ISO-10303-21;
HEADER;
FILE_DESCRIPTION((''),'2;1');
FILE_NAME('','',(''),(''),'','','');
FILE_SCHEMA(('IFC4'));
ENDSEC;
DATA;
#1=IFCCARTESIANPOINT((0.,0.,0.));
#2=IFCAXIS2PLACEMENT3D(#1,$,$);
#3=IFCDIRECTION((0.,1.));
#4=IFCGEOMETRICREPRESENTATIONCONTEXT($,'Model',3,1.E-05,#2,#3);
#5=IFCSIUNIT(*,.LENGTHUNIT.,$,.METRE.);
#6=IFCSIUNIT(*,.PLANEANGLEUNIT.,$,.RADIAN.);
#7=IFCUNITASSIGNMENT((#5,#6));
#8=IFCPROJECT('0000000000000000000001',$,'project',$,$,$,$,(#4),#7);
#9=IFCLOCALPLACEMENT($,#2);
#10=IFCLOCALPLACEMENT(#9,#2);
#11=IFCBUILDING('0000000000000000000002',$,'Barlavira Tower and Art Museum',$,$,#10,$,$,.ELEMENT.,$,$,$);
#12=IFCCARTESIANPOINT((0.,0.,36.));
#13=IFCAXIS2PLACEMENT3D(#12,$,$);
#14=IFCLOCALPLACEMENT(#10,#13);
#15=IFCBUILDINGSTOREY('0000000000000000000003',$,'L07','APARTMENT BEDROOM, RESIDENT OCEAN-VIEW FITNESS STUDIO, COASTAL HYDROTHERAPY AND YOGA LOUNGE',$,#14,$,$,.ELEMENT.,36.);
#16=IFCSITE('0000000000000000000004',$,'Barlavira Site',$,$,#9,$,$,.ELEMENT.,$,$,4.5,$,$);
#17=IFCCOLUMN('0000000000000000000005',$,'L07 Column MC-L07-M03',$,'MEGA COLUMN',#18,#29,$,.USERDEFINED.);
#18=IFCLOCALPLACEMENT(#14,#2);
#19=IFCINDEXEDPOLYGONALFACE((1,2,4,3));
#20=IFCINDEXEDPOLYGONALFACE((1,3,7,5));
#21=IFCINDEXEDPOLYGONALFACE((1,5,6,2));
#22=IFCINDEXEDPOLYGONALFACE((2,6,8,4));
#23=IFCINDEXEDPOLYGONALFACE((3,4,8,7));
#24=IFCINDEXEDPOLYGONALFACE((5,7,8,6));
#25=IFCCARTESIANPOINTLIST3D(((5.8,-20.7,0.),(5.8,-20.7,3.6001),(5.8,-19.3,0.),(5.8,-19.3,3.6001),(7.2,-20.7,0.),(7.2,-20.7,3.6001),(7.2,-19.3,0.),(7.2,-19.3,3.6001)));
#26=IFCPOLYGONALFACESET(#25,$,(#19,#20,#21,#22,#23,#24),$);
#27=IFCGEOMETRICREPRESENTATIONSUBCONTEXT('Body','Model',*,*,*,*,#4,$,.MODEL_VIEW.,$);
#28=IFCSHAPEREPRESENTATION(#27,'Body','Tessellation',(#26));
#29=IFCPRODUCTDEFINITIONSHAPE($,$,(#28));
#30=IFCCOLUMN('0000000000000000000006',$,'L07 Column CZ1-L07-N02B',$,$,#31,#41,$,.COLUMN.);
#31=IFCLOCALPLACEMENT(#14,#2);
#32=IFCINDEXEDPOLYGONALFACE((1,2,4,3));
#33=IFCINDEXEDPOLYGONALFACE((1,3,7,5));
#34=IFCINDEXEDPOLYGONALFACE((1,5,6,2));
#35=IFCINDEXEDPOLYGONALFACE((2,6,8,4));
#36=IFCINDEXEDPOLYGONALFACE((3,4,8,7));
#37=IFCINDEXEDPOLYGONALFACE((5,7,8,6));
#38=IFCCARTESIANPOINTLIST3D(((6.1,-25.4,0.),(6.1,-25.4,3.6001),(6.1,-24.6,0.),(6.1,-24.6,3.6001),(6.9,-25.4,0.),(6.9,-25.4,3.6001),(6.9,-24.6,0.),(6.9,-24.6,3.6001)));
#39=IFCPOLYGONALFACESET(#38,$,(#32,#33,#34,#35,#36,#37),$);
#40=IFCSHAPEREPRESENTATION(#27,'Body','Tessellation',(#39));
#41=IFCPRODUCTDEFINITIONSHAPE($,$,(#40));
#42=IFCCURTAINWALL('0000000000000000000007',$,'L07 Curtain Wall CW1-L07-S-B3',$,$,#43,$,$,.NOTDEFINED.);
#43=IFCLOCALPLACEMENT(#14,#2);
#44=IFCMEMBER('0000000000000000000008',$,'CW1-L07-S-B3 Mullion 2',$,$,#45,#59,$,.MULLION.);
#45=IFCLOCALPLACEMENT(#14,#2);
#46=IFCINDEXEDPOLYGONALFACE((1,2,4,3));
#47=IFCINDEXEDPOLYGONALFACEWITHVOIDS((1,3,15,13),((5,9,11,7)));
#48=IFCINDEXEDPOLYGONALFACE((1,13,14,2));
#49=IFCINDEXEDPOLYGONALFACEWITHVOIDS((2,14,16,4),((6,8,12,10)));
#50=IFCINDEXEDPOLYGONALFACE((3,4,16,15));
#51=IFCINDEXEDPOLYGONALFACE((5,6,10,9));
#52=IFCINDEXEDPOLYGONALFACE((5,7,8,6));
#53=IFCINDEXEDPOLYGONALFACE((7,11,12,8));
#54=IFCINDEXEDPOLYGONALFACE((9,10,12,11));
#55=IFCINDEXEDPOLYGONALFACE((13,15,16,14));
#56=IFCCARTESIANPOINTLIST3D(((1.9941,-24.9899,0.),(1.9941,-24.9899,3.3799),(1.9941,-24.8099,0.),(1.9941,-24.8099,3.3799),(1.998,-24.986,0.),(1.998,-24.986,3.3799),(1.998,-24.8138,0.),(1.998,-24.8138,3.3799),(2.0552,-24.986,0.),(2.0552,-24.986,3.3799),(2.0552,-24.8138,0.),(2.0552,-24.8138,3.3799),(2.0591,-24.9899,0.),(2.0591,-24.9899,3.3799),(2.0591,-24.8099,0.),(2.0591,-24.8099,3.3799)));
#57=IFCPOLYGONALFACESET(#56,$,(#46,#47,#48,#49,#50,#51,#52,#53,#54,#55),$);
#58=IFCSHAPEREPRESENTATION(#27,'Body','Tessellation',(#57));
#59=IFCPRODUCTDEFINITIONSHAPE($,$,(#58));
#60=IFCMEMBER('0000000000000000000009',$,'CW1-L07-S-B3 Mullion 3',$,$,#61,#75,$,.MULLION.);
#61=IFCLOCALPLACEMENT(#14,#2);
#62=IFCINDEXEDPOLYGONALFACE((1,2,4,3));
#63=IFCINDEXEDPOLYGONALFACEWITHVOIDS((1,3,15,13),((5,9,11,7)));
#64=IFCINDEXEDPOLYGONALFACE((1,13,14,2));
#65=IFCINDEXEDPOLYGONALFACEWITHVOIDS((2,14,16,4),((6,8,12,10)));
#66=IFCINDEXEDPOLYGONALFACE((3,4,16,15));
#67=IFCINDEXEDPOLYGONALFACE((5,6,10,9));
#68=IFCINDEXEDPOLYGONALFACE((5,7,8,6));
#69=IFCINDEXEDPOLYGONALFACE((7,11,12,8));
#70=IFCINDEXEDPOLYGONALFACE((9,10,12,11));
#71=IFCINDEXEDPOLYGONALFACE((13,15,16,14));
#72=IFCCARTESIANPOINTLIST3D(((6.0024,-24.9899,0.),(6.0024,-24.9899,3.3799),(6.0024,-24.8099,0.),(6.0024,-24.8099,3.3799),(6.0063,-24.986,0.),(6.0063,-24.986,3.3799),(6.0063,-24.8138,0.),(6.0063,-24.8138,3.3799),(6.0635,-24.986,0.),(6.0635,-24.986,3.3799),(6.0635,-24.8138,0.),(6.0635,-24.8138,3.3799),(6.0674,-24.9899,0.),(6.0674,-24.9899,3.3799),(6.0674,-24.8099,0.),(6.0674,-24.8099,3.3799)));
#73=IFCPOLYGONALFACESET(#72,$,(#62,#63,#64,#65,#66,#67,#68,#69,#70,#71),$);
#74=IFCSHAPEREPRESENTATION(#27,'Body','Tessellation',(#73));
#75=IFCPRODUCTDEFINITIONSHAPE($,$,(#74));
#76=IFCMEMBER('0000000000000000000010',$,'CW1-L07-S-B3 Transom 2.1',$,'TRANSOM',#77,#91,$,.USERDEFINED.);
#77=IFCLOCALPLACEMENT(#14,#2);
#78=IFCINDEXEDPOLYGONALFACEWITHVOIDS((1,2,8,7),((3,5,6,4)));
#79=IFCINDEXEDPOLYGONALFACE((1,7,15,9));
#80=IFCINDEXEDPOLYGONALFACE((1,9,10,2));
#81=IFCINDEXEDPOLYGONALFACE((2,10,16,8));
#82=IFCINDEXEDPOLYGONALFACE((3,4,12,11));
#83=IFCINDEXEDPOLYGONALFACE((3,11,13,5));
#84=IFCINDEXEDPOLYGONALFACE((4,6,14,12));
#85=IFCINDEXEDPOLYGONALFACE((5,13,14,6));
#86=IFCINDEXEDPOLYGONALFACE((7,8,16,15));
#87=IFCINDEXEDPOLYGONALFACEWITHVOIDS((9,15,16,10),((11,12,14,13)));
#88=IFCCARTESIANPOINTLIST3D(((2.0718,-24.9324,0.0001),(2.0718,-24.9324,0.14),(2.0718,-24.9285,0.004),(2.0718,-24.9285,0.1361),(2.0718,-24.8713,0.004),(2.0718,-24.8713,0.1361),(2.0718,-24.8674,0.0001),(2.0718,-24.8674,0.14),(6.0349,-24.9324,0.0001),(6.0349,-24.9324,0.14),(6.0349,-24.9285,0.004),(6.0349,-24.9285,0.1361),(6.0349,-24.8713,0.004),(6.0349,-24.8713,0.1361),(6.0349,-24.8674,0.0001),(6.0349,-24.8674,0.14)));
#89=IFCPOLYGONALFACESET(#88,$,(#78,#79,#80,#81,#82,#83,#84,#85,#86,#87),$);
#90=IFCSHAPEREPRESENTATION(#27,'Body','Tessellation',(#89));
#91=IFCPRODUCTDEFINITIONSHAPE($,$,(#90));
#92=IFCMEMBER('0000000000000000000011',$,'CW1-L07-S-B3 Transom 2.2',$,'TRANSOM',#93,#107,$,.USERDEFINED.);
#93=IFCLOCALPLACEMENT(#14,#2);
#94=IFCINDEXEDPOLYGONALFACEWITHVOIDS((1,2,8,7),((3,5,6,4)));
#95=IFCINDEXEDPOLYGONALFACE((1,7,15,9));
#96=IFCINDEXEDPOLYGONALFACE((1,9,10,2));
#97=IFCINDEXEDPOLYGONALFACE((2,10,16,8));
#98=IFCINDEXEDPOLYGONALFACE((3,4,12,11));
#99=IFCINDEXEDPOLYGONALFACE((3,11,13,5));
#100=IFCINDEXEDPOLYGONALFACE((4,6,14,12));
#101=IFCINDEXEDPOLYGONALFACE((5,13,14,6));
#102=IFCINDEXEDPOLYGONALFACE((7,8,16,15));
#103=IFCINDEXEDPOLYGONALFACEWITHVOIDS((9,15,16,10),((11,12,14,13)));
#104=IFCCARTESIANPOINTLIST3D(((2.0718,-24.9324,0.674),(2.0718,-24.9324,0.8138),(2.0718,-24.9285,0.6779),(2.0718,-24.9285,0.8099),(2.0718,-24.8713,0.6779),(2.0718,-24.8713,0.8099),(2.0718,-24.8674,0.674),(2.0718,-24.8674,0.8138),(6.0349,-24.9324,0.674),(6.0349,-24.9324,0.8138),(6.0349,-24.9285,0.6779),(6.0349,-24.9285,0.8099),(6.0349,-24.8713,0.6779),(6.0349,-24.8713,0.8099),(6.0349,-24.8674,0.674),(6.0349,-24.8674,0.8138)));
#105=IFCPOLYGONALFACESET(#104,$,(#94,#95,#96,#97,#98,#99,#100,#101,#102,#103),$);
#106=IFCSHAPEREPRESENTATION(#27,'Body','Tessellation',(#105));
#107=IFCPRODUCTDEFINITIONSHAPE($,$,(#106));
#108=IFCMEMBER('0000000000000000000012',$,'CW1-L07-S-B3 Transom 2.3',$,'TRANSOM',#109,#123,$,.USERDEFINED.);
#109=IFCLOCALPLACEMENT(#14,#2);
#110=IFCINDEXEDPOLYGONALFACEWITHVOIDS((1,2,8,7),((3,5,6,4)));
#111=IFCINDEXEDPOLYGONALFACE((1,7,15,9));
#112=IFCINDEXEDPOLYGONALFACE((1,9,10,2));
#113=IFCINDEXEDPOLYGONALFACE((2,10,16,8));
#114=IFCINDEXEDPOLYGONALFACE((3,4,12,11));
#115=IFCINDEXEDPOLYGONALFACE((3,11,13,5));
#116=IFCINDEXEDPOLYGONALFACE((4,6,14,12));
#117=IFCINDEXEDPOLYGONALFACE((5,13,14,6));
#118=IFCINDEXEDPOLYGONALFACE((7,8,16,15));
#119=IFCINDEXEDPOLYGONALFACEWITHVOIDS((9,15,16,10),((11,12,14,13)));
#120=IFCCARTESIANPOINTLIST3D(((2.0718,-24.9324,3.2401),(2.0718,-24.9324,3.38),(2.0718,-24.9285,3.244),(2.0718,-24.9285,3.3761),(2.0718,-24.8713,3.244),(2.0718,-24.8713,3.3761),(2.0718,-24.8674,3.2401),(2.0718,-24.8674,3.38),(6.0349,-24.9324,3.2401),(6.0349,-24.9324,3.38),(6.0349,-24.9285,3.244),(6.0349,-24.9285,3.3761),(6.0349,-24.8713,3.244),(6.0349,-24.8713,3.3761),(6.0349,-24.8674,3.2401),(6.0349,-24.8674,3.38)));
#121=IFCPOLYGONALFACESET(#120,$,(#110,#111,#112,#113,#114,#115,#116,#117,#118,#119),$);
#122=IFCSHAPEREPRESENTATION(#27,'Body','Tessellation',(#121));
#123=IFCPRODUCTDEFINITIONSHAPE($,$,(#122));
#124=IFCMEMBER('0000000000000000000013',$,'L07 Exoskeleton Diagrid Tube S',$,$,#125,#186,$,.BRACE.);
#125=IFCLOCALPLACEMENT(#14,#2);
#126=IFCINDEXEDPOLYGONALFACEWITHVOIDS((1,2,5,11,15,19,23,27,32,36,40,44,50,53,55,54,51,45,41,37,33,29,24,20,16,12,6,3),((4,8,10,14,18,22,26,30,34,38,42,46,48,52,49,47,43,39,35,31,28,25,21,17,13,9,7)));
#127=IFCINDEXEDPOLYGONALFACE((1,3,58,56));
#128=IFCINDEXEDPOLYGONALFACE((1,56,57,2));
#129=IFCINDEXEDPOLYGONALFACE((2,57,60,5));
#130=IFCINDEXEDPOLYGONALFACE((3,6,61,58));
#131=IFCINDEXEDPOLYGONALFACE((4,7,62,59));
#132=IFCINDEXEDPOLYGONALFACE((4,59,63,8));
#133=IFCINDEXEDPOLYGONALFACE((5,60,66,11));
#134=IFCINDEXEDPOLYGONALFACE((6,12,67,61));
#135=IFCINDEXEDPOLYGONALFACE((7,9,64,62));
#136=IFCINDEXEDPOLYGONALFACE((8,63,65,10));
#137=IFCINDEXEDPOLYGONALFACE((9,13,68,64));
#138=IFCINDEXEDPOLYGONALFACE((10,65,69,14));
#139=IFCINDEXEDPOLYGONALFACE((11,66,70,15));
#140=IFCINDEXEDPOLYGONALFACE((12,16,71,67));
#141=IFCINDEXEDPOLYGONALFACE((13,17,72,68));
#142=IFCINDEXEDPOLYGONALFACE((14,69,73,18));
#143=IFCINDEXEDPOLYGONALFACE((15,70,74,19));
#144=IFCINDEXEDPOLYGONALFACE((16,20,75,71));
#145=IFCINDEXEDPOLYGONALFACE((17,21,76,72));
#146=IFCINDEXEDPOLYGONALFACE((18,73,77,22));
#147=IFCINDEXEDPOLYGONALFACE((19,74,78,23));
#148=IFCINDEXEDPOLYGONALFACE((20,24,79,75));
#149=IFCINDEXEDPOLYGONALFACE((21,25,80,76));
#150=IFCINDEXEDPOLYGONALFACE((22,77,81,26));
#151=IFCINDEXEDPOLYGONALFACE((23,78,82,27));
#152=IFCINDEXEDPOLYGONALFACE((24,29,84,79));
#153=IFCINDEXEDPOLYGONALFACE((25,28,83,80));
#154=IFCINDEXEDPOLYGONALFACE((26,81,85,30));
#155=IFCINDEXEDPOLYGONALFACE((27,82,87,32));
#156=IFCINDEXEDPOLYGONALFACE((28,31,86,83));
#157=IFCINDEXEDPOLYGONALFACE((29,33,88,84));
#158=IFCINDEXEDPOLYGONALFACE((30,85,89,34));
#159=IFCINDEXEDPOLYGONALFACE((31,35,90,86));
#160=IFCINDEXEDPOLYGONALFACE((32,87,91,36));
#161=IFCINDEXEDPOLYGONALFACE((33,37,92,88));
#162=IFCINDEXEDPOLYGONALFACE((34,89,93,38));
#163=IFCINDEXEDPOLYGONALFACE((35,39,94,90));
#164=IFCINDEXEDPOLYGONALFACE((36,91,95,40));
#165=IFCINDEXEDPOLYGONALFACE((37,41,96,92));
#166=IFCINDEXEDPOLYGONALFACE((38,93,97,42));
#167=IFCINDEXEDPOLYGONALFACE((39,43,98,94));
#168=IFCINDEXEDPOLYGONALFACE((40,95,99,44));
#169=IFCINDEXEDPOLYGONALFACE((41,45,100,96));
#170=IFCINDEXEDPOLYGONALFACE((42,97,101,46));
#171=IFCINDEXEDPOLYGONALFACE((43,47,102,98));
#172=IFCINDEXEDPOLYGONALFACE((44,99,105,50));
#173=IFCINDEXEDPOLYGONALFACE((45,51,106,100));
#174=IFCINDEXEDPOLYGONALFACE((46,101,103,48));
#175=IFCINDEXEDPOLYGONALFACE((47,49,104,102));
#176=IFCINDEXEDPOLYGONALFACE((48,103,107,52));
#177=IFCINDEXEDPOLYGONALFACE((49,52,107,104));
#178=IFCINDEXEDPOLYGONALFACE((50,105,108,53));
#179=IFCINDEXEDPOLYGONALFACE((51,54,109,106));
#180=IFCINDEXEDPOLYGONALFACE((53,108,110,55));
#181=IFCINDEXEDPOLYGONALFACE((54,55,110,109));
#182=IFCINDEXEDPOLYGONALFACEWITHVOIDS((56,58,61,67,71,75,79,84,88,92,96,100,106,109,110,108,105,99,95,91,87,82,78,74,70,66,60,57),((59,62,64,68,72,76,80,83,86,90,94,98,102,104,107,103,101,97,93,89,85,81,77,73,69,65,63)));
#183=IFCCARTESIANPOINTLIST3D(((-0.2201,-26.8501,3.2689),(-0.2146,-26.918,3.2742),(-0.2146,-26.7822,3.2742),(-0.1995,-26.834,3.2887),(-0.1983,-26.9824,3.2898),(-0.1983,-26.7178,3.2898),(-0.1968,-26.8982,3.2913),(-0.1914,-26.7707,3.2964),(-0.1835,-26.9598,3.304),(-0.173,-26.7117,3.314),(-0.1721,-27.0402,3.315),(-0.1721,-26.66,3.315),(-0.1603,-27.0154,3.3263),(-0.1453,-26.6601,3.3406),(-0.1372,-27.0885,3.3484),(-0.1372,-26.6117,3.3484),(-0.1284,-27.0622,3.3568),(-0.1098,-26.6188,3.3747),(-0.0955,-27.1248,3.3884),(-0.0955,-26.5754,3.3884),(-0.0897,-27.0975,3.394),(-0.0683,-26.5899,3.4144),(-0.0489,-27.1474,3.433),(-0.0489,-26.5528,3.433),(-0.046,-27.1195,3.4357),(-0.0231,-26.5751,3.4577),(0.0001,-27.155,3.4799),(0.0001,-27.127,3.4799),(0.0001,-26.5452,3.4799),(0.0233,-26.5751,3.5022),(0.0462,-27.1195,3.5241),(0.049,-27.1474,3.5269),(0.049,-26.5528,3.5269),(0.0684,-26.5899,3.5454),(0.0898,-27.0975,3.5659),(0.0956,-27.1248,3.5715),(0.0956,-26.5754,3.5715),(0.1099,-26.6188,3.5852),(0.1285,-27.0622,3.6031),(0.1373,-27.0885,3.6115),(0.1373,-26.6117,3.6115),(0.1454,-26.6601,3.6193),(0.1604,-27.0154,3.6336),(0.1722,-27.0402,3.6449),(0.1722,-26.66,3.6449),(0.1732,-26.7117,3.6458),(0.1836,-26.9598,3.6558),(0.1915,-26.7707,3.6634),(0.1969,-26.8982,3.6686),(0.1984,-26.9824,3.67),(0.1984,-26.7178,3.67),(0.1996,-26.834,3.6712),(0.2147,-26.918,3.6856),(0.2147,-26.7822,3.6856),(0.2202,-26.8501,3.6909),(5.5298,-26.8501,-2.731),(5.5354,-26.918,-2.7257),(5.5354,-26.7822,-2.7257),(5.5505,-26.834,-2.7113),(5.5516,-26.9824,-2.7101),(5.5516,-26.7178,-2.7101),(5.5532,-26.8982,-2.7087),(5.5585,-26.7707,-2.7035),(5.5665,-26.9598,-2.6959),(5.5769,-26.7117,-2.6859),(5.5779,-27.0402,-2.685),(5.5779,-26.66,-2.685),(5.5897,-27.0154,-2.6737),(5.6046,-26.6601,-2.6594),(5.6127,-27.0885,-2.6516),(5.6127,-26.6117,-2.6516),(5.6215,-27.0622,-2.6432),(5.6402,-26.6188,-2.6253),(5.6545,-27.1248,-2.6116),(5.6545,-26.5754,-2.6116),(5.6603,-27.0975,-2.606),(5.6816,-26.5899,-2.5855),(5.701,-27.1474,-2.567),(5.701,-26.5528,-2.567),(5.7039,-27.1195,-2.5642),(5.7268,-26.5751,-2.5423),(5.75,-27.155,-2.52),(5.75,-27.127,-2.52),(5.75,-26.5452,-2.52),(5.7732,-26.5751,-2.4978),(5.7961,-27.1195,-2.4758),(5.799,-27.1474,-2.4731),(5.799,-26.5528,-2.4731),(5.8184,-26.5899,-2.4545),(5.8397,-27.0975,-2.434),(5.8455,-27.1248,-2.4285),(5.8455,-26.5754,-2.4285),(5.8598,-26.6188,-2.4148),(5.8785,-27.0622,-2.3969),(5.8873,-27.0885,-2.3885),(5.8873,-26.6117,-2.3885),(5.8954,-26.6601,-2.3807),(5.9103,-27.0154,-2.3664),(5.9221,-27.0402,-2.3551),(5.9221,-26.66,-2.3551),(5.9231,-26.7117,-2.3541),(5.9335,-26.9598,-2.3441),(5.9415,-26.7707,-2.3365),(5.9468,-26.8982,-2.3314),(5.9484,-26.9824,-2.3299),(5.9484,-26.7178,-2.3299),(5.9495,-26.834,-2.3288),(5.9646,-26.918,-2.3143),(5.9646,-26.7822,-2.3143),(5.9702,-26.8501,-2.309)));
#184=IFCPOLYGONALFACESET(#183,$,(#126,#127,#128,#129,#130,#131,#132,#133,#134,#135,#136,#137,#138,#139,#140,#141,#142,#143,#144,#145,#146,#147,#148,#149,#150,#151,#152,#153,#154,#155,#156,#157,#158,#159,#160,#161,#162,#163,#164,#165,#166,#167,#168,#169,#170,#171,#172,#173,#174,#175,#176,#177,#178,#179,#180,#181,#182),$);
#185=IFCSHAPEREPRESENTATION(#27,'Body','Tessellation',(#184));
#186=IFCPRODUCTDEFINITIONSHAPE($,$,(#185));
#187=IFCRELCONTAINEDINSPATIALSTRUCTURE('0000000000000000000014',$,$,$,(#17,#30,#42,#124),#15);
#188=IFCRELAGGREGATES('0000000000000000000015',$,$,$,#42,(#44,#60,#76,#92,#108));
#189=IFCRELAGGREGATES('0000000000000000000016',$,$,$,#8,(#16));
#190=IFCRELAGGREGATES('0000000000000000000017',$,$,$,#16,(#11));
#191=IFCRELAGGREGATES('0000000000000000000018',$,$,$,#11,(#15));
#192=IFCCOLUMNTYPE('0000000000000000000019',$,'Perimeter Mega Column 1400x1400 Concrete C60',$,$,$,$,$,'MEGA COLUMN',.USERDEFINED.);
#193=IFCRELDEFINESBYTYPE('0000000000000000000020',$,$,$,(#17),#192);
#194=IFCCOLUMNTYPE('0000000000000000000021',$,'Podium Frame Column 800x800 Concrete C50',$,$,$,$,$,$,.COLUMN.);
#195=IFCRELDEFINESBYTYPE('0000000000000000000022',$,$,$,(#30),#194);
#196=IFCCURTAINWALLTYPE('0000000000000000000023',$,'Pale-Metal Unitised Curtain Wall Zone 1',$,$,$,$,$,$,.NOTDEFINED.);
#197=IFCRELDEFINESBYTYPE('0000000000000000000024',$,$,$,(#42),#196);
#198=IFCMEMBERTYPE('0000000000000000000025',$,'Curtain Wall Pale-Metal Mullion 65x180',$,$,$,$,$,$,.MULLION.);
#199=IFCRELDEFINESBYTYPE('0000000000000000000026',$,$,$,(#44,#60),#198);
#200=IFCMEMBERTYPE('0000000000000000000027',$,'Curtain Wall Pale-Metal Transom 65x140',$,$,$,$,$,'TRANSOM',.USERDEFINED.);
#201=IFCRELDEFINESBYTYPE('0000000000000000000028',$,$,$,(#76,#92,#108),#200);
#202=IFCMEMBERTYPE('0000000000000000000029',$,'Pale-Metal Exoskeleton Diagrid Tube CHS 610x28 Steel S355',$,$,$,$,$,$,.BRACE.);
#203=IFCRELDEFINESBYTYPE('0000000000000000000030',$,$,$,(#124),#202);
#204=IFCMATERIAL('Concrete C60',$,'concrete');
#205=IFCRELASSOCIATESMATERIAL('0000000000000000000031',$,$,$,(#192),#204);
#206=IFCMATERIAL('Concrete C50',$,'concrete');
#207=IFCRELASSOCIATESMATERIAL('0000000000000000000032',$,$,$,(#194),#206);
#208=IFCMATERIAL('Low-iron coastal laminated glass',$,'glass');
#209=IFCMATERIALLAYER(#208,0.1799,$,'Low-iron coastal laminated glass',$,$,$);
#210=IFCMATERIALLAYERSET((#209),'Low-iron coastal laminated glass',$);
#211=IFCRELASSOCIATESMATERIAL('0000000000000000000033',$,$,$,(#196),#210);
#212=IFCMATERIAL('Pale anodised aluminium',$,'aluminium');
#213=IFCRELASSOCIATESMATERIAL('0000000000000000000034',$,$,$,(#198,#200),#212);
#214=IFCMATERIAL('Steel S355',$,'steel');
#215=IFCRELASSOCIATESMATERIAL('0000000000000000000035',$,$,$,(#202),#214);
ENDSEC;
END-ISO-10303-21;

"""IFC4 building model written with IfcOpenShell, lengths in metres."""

from ifc_helpers import new_model, si_unit, direction, frame, origin, origin_2d, place, context, subcontext, project, spatial, rectangle, hollow_rectangle, hollow_circle, extrude, material, layer, layer_set, material_profile, profile_set, type_object, element, aggregate, save


model = new_model("IFC4")

# Units and contexts
model_context = context("Model", 3, precision=1e-05, world=origin(), true_north=direction((0.0, 1.0)))
body_context = subcontext(model_context, "Body", "Model", "MODEL_VIEW")
ifc_project = project(units=[si_unit("LENGTHUNIT", "METRE"), si_unit("PLANEANGLEUNIT", "RADIAN")], contexts=[model_context])

# Site, building, storey
site_placement = place(None, origin())
site = spatial("IfcSite", under=ifc_project, at=site_placement, Name="Barlavira Site", CompositionType="ELEMENT", RefElevation=4.5)
building_placement = place(site_placement, origin())
building = spatial("IfcBuilding", under=site, at=building_placement, Name="Barlavira Tower and Art Museum", CompositionType="ELEMENT")
storey_placement = place(building_placement, frame((0.0, 0.0, 36.0)))
storey = spatial("IfcBuildingStorey", under=building, at=storey_placement, Name="L07", Description="APARTMENT BEDROOM, RESIDENT OCEAN-VIEW FITNESS STUDIO, COASTAL HYDROTHERAPY AND YOGA LOUNGE", CompositionType="ELEMENT", Elevation=36.0)

# Columns
ifc_material_1 = material(Name="Concrete C60", Category="concrete")
ifc_material_profile_1 = material_profile(ifc_material_1, rectangle(XDim=1.3999, YDim=1.3999, at=origin_2d()), Name="RC-MCOL 1400x1400")
ifc_profile_set_1 = profile_set([ifc_material_profile_1], Name="Concrete C60")
column_type_1 = type_object("IfcColumnType", Name="Perimeter Mega Column 1400x1400 Concrete C60", ElementType="MEGA COLUMN", PredefinedType="USERDEFINED", material=ifc_profile_set_1)
column_1_placement = place(storey_placement, frame((6.5, -20.0, 0.0), z_axis=(0.0, 0.0, 1.0), x_axis=(1.0, 0.0, 0.0)))
element("IfcColumn", 1, at=column_1_placement, inside=storey, type_object=column_type_1, Name="L07 Column MC-L07-M03", ObjectType="MEGA COLUMN", PredefinedType="USERDEFINED", context=body_context, shape_type="SweptSolid", body=[
    extrude(rectangle(XDim=1.3999, YDim=1.3999, at=origin_2d()), origin(), (0.0, 0.0, 1.0), 3.6001),
])
ifc_material_2 = material(Name="Concrete C50", Category="concrete")
ifc_material_profile_2 = material_profile(ifc_material_2, rectangle(XDim=0.8, YDim=0.8, at=origin_2d()), Name="RC-COL 800x800")
ifc_profile_set_2 = profile_set([ifc_material_profile_2], Name="Concrete C50")
column_type_2 = type_object("IfcColumnType", Name="Podium Frame Column 800x800 Concrete C50", PredefinedType="COLUMN", material=ifc_profile_set_2)
column_2_placement = place(storey_placement, frame((6.5, -25.0, 0.0), z_axis=(0.0, 0.0, 1.0), x_axis=(1.0, 0.0, 0.0)))
element("IfcColumn", 2, at=column_2_placement, inside=storey, type_object=column_type_2, Name="L07 Column CZ1-L07-N02B", PredefinedType="COLUMN", context=body_context, shape_type="SweptSolid", body=[
    extrude(rectangle(XDim=0.8, YDim=0.8, at=origin_2d()), origin(), (0.0, 0.0, 1.0), 3.6001),
])

# Curtain wall, members
ifc_material_3 = material(Name="Low-iron coastal laminated glass", Category="glass")
ifc_layer_1 = layer(ifc_material_3, 0.1799, Name="Low-iron coastal laminated glass")
ifc_layer_set_1 = layer_set([ifc_layer_1], Name="Low-iron coastal laminated glass")
curtain_wall_type = type_object("IfcCurtainWallType", Name="Pale-Metal Unitised Curtain Wall Zone 1", PredefinedType="NOTDEFINED", material=ifc_layer_set_1)
curtain_wall_placement = place(storey_placement, origin())
curtain_wall = element("IfcCurtainWall", 3, at=curtain_wall_placement, inside=storey, type_object=curtain_wall_type, Name="L07 Curtain Wall CW1-L07-S-B3", PredefinedType="NOTDEFINED")
ifc_material_4 = material(Name="Pale anodised aluminium", Category="aluminium")
ifc_material_profile_3 = material_profile(ifc_material_4, hollow_rectangle(XDim=0.0649, YDim=0.1799, WallThickness=0.0039, at=origin_2d()), Name="ALU-MULL 65x180x4")
ifc_profile_set_3 = profile_set([ifc_material_profile_3], Name="Pale anodised aluminium")
member_type_1 = type_object("IfcMemberType", Name="Curtain Wall Pale-Metal Mullion 65x180", PredefinedType="MULLION", material=ifc_profile_set_3)
member_1_placement = place(storey_placement, frame((2.0266, -24.8999, 0.0), z_axis=(0.0, 0.0, 1.0), x_axis=(1.0, 0.0, 0.0)))
member_1 = element("IfcMember", 4, at=member_1_placement, type_object=member_type_1, Name="CW1-L07-S-B3 Mullion 2", PredefinedType="MULLION", context=body_context, shape_type="SweptSolid", body=[
    extrude(hollow_rectangle(XDim=0.0649, YDim=0.1799, WallThickness=0.0039, at=origin_2d()), origin(), (0.0, 0.0, 1.0), 3.3799),
])
member_2_placement = place(storey_placement, frame((6.0349, -24.8999, 0.0), z_axis=(0.0, 0.0, 1.0), x_axis=(1.0, 0.0, 0.0)))
member_2 = element("IfcMember", 5, at=member_2_placement, type_object=member_type_1, Name="CW1-L07-S-B3 Mullion 3", PredefinedType="MULLION", context=body_context, shape_type="SweptSolid", body=[
    extrude(hollow_rectangle(XDim=0.0649, YDim=0.1799, WallThickness=0.0039, at=origin_2d()), origin(), (0.0, 0.0, 1.0), 3.3799),
])
ifc_material_profile_4 = material_profile(ifc_material_4, hollow_rectangle(XDim=0.0649, YDim=0.1399, WallThickness=0.0039, at=origin_2d()), Name="ALU-TRAN 65x140x4")
ifc_profile_set_4 = profile_set([ifc_material_profile_4], Name="Pale anodised aluminium")
member_type_2 = type_object("IfcMemberType", Name="Curtain Wall Pale-Metal Transom 65x140", ElementType="TRANSOM", PredefinedType="USERDEFINED", material=ifc_profile_set_4)
member_3_placement = place(storey_placement, frame((2.0718, -24.8999, 0.0701), z_axis=(1.0, 0.0, 0.0), x_axis=(0.0, 1.0, 0.0)))
member_3 = element("IfcMember", 6, at=member_3_placement, type_object=member_type_2, Name="CW1-L07-S-B3 Transom 2.1", ObjectType="TRANSOM", PredefinedType="USERDEFINED", context=body_context, shape_type="SweptSolid", body=[
    extrude(hollow_rectangle(XDim=0.0649, YDim=0.1399, WallThickness=0.0039, at=origin_2d()), origin(), (0.0, 0.0, 1.0), 3.9631),
])
member_4_placement = place(storey_placement, frame((2.0718, -24.8999, 0.7439), z_axis=(1.0, 0.0, 0.0), x_axis=(0.0, 1.0, 0.0)))
member_4 = element("IfcMember", 7, at=member_4_placement, type_object=member_type_2, Name="CW1-L07-S-B3 Transom 2.2", ObjectType="TRANSOM", PredefinedType="USERDEFINED", context=body_context, shape_type="SweptSolid", body=[
    extrude(hollow_rectangle(XDim=0.0649, YDim=0.1399, WallThickness=0.0039, at=origin_2d()), origin(), (0.0, 0.0, 1.0), 3.9631),
])
member_5_placement = place(storey_placement, frame((2.0718, -24.8999, 3.3101), z_axis=(1.0, 0.0, 0.0), x_axis=(0.0, 1.0, 0.0)))
member_5 = element("IfcMember", 8, at=member_5_placement, type_object=member_type_2, Name="CW1-L07-S-B3 Transom 2.3", ObjectType="TRANSOM", PredefinedType="USERDEFINED", context=body_context, shape_type="SweptSolid", body=[
    extrude(hollow_rectangle(XDim=0.0649, YDim=0.1399, WallThickness=0.0039, at=origin_2d()), origin(), (0.0, 0.0, 1.0), 3.9631),
])

# Member
ifc_material_5 = material(Name="Steel S355", Category="steel")
ifc_material_profile_5 = material_profile(ifc_material_5, hollow_circle(Radius=0.3049, WallThickness=0.0281, at=origin_2d()), Name="CHS 610.0x28.0")
ifc_profile_set_5 = profile_set([ifc_material_profile_5], Name="Steel S355")
member_type_3 = type_object("IfcMemberType", Name="Pale-Metal Exoskeleton Diagrid Tube CHS 610x28 Steel S355", PredefinedType="BRACE", material=ifc_profile_set_5)
for number, where, z_axis, x_axis, name in (
    (9, (5.75, -26.8501, -2.52), (-0.691905, 0.0, 0.721988), (0.0, -1.0, 0.0), "L07 Exoskeleton Diagrid Tube S"),
):
    element("IfcMember", number, at=place(storey_placement, frame(where, z_axis=z_axis, x_axis=x_axis)), inside=storey, type_object=member_type_3, Name=name, PredefinedType="BRACE", context=body_context, shape_type="SweptSolid", body=[
        extrude(hollow_circle(Radius=0.3049, WallThickness=0.0281, at=origin_2d()), origin(), (0.0, 0.0, 1.0), 8.3103),
    ])

aggregate(curtain_wall, [member_1, member_2, member_3, member_4, member_5])

save(model, "model.ifc")
